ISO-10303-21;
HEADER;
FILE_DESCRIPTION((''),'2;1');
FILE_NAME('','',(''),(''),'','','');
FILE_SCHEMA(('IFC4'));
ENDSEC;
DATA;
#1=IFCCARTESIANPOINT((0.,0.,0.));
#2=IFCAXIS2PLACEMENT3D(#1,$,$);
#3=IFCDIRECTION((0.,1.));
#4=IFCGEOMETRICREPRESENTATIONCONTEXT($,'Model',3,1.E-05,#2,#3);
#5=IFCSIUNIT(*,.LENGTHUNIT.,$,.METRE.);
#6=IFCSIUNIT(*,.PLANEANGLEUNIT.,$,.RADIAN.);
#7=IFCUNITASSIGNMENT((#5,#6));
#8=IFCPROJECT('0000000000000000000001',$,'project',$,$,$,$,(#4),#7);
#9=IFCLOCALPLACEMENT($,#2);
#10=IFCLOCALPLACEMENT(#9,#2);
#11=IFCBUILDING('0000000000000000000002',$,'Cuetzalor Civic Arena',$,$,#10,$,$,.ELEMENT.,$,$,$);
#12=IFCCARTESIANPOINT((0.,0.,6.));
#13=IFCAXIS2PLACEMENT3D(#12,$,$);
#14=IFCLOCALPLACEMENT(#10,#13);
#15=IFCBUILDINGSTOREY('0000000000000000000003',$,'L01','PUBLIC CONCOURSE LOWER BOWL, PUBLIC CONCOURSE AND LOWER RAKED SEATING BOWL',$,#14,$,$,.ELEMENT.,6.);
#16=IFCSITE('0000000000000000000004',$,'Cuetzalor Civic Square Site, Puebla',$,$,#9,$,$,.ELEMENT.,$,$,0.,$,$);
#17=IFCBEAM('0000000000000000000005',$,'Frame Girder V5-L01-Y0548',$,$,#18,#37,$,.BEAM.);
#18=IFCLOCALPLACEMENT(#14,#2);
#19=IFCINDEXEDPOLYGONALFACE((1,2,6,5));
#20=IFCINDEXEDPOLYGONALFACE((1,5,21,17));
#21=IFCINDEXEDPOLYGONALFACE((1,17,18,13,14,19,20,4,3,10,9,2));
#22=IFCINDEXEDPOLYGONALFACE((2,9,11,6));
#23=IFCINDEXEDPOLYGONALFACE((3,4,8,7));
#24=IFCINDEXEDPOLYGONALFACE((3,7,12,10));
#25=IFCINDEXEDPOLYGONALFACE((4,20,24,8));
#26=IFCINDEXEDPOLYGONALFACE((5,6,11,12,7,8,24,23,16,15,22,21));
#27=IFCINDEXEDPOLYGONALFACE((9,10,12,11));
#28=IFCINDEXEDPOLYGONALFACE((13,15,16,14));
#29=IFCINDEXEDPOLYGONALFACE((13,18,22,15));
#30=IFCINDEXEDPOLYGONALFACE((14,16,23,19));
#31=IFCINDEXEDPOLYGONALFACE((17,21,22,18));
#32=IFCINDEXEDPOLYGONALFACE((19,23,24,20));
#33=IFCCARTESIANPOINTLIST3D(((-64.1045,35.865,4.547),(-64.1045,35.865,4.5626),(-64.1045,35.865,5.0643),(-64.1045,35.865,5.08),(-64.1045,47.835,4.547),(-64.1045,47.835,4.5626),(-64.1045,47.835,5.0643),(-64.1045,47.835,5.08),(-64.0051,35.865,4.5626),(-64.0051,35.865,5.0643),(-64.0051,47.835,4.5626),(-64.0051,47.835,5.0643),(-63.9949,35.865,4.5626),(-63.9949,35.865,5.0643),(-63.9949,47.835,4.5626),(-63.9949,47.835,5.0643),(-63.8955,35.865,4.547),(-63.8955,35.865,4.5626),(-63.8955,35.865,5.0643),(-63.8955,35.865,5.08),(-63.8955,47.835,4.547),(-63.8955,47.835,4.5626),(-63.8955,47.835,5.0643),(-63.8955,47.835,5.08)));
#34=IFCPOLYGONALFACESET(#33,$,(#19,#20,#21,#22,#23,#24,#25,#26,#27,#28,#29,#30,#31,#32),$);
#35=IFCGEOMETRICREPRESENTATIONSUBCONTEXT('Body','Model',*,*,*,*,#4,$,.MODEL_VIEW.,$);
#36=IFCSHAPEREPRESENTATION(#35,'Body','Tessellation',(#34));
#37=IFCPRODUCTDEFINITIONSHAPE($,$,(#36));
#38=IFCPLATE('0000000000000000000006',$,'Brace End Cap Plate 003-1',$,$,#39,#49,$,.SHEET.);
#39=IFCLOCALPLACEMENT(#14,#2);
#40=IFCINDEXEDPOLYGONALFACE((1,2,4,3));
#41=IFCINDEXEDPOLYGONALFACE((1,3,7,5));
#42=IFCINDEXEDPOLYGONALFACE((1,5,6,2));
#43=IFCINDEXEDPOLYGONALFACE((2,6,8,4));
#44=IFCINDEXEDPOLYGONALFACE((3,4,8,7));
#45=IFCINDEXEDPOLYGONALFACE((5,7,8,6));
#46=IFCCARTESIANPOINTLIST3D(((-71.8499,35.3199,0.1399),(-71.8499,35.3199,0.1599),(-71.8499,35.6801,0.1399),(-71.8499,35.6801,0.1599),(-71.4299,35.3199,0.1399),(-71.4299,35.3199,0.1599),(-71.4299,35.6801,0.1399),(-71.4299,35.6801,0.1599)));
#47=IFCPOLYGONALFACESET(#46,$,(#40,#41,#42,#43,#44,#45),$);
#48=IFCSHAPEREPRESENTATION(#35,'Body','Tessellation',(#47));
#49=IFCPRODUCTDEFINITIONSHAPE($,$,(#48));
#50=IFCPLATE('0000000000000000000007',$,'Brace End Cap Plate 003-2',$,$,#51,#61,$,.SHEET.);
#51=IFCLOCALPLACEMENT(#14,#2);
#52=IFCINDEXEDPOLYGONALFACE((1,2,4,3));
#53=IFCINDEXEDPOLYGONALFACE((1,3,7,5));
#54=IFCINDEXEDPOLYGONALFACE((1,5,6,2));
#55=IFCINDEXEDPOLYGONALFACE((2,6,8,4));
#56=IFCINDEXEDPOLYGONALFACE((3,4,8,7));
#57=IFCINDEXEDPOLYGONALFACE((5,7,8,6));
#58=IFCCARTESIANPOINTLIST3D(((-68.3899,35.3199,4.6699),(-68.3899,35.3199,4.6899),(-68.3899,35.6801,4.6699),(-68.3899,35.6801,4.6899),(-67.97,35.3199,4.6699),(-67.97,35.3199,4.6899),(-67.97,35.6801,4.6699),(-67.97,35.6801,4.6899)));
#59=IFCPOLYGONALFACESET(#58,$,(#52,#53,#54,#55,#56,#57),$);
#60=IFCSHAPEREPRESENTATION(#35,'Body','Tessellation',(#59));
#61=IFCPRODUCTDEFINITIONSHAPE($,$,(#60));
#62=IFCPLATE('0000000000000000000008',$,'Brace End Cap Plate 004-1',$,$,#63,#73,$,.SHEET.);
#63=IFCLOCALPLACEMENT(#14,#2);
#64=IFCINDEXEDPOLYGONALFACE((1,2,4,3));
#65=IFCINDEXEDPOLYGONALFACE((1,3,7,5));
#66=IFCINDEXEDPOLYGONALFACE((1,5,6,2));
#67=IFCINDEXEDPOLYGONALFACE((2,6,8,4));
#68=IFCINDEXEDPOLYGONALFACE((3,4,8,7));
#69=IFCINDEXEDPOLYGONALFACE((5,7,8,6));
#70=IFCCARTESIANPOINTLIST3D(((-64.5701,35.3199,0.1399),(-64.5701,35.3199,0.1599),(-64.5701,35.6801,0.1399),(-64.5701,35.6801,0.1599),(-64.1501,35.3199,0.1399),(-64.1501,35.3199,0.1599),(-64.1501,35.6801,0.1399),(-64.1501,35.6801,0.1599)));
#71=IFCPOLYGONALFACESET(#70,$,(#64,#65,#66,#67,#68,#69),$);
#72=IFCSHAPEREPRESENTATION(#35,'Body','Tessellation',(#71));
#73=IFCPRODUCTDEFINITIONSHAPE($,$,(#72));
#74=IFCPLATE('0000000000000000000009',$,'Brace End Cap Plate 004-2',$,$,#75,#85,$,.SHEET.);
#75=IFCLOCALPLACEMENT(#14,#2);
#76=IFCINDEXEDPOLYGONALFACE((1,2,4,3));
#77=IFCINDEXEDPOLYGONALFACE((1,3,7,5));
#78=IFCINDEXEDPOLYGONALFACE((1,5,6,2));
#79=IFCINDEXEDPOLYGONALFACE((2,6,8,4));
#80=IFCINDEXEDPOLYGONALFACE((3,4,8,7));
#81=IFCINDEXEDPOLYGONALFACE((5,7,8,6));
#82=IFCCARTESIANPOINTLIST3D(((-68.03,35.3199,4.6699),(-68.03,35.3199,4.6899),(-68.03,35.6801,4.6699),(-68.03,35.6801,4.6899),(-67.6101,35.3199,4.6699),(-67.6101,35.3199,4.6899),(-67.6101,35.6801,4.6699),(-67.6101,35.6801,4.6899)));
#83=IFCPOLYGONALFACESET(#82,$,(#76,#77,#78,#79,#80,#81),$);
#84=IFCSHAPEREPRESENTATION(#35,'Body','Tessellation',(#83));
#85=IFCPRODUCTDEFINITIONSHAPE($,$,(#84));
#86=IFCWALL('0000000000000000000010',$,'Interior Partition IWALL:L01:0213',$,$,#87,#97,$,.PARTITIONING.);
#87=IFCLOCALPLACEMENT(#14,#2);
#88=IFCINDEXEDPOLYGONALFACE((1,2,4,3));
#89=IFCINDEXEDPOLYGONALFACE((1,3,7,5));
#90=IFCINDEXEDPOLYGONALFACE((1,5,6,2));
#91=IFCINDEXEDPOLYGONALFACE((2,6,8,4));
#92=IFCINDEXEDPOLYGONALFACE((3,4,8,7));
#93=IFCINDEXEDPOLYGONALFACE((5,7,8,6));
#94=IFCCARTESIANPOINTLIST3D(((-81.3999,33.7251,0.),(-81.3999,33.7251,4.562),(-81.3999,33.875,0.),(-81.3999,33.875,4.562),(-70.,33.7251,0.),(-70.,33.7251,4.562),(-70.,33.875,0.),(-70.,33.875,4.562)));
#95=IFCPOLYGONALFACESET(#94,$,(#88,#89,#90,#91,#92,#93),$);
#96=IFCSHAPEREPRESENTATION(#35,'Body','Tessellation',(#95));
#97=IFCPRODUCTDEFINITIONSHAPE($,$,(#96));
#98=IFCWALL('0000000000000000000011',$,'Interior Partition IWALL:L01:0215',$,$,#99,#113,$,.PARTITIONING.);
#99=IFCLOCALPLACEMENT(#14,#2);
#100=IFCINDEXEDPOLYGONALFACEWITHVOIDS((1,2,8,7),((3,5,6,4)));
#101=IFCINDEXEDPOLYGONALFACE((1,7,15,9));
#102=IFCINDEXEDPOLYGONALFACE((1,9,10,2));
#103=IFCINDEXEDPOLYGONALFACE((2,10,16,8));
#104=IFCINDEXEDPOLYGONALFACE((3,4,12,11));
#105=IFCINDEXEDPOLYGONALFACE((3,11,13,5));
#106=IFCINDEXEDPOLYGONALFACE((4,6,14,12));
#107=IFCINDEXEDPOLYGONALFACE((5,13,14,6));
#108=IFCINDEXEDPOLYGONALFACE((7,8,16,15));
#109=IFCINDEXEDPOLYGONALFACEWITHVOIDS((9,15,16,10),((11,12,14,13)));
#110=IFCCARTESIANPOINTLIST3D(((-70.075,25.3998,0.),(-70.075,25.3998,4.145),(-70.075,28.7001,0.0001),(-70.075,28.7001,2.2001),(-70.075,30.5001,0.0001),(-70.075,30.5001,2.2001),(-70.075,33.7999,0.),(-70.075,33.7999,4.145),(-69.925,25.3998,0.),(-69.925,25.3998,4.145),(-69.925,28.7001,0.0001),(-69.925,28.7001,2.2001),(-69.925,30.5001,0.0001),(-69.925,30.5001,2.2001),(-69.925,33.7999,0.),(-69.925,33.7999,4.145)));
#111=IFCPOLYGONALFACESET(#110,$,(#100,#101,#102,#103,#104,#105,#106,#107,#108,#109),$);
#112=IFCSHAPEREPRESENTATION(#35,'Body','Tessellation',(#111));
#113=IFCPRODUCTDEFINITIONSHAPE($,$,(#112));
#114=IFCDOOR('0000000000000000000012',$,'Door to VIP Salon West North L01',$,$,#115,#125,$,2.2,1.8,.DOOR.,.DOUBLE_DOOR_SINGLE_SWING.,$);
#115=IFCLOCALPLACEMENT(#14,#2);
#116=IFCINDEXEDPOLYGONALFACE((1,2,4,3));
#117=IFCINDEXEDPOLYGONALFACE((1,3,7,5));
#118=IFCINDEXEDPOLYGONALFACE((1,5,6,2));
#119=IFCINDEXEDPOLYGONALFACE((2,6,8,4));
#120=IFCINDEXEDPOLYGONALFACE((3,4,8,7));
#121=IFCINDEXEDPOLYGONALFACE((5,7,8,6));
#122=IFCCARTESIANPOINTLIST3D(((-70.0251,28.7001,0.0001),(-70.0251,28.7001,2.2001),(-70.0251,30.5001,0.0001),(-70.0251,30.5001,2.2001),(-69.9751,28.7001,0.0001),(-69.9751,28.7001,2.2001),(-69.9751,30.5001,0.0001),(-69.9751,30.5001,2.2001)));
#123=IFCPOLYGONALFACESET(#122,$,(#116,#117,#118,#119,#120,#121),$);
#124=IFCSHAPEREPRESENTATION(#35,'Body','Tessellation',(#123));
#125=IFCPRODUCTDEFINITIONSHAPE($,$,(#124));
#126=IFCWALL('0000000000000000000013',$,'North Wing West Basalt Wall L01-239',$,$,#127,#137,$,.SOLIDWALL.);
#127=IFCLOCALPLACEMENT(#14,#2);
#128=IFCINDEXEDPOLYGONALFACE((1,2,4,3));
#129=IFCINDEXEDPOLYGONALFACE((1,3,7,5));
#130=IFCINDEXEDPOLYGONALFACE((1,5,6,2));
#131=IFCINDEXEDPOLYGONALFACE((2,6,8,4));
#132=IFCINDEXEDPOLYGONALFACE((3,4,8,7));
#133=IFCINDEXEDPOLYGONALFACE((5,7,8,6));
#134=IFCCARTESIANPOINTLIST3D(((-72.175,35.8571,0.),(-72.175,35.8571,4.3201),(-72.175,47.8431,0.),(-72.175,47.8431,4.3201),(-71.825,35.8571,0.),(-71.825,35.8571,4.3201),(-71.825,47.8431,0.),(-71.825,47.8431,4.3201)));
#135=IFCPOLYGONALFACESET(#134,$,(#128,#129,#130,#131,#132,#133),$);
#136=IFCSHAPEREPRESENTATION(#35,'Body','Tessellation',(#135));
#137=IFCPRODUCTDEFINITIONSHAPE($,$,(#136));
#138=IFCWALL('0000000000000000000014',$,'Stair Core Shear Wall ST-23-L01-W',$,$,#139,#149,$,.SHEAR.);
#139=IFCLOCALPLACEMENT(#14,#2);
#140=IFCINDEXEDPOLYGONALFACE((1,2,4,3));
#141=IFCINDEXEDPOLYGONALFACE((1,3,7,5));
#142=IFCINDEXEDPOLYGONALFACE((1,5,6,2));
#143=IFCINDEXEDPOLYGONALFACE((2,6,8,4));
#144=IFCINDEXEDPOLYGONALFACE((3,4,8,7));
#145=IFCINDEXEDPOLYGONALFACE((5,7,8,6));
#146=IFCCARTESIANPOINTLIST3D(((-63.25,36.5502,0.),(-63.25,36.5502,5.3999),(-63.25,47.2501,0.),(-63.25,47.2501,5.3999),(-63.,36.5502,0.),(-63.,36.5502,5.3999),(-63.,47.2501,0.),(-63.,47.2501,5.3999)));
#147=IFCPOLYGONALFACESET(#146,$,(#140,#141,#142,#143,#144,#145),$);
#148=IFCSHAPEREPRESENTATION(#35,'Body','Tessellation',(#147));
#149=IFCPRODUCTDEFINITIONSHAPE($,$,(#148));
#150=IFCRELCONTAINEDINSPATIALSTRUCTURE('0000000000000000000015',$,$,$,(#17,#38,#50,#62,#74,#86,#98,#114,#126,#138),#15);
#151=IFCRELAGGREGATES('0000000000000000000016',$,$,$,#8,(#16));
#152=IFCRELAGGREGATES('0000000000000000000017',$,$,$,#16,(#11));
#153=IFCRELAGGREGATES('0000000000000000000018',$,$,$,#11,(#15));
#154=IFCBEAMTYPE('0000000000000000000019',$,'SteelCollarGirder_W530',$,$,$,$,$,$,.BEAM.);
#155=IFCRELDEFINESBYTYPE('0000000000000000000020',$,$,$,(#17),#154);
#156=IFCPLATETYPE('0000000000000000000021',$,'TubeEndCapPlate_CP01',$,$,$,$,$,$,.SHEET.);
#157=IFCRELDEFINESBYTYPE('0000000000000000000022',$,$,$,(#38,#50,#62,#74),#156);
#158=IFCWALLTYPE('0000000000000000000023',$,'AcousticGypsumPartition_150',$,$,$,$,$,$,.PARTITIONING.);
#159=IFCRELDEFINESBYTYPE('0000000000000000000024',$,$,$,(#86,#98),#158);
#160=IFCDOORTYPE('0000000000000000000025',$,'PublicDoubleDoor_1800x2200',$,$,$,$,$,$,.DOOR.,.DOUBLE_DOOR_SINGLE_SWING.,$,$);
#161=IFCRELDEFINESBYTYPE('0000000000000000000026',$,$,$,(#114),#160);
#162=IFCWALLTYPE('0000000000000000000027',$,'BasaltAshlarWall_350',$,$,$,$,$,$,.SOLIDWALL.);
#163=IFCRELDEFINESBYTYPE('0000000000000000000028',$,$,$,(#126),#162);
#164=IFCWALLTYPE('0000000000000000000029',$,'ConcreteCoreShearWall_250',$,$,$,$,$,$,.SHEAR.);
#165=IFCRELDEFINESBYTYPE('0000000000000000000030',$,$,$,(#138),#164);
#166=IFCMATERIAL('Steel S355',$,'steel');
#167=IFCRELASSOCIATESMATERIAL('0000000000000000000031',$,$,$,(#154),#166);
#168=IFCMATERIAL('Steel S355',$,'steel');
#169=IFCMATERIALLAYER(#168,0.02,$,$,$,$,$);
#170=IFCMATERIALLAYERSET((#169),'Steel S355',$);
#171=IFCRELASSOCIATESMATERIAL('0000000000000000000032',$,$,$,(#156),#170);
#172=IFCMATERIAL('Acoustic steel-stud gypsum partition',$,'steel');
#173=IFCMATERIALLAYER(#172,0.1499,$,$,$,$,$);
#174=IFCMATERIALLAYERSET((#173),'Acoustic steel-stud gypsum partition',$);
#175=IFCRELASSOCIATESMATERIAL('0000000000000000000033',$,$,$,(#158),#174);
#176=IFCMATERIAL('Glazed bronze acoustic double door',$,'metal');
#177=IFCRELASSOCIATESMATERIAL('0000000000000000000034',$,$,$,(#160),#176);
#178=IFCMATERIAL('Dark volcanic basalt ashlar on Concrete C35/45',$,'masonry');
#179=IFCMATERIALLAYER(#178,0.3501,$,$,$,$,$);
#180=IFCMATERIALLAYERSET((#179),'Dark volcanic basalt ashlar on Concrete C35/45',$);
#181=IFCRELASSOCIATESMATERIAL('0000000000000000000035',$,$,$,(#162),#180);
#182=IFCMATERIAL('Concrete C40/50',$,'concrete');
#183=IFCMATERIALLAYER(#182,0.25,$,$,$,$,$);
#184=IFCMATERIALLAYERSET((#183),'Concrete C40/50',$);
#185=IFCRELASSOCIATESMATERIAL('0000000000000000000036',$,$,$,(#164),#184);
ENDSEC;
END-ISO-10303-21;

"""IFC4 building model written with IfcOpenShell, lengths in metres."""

from ifc_helpers import new_model, si_unit, direction, frame, frame_2d, origin, origin_2d, place, context, subcontext, project, spatial, rectangle, i_section, extrude, material, layer, layer_set, material_profile, profile_set, type_object, element, fill, save


model = new_model("IFC4")

# Units and contexts
model_context = context("Model", 3, precision=1e-05, world=origin(), true_north=direction((0.0, 1.0)))
body_context = subcontext(model_context, "Body", "Model", "MODEL_VIEW")
ifc_project = project(units=[si_unit("LENGTHUNIT", "METRE"), si_unit("PLANEANGLEUNIT", "RADIAN")], contexts=[model_context])

# Site, building, storey
site_placement = place(None, origin())
site = spatial("IfcSite", under=ifc_project, at=site_placement, Name="Cuetzalor Civic Square Site, Puebla", CompositionType="ELEMENT", RefElevation=0.0)
building_placement = place(site_placement, origin())
building = spatial("IfcBuilding", under=site, at=building_placement, Name="Cuetzalor Civic Arena", CompositionType="ELEMENT")
storey_placement = place(building_placement, frame((0.0, 0.0, 6.0)))
storey = spatial("IfcBuildingStorey", under=building, at=storey_placement, Name="L01", Description="PUBLIC CONCOURSE LOWER BOWL, PUBLIC CONCOURSE AND LOWER RAKED SEATING BOWL", CompositionType="ELEMENT", Elevation=6.0)

# Beam
ifc_material_1 = material(Name="Steel S355", Category="steel")
ifc_material_profile_1 = material_profile(ifc_material_1, i_section(OverallWidth=0.209, OverallDepth=0.533, WebThickness=0.0103, FlangeThickness=0.0156, at=origin_2d()), Name="W530x92")
ifc_profile_set_1 = profile_set([ifc_material_profile_1], Name="Steel S355")
beam_type_1 = type_object("IfcBeamType", Name="SteelCollarGirder_W530", PredefinedType="BEAM", material=ifc_profile_set_1)
for number, where, z_axis, x_axis, name in (
    (1, (-64.0, 35.865, 4.8135), (0.0, 1.0, 0.0), (-1.0, 0.0, 0.0), "Frame Girder V5-L01-Y0548"),
):
    element("IfcBeam", number, at=place(storey_placement, frame(where, z_axis=z_axis, x_axis=x_axis)), inside=storey, type_object=beam_type_1, Name=name, PredefinedType="BEAM", context=body_context, shape_type="SweptSolid", body=[
        extrude(i_section(OverallWidth=0.209, OverallDepth=0.533, WebThickness=0.0103, FlangeThickness=0.0156, at=origin_2d()), origin(), (0.0, 0.0, 1.0), 11.97),
    ])

# Plates
ifc_material_2 = material(Name="Steel S355", Category="steel")
ifc_layer_1 = layer(ifc_material_2, 0.02)
ifc_layer_set_1 = layer_set([ifc_layer_1], Name="Steel S355")
plate_type = type_object("IfcPlateType", Name="TubeEndCapPlate_CP01", PredefinedType="SHEET", material=ifc_layer_set_1)
for number, where, z_axis, x_axis, name in (
    (2, (-71.6399, 35.5, 0.1399), (0.0, 0.0, 1.0), (1.0, 0.0, 0.0), "Brace End Cap Plate 003-1"),
    (3, (-68.1799, 35.5, 4.6699), (0.0, 0.0, 1.0), (1.0, 0.0, 0.0), "Brace End Cap Plate 003-2"),
    (4, (-64.3601, 35.5, 0.1399), (0.0, 0.0, 1.0), (1.0, 0.0, 0.0), "Brace End Cap Plate 004-1"),
    (5, (-67.8201, 35.5, 4.6699), (0.0, 0.0, 1.0), (1.0, 0.0, 0.0), "Brace End Cap Plate 004-2"),
):
    element("IfcPlate", number, at=place(storey_placement, frame(where, z_axis=z_axis, x_axis=x_axis)), inside=storey, type_object=plate_type, Name=name, PredefinedType="SHEET", context=body_context, shape_type="SweptSolid", body=[
        extrude(rectangle(XDim=0.4199, YDim=0.3601, at=origin_2d()), origin(), (0.0, 0.0, 1.0), 0.02),
    ])

# Wall
ifc_material_3 = material(Name="Acoustic steel-stud gypsum partition", Category="steel")
ifc_layer_2 = layer(ifc_material_3, 0.1499)
ifc_layer_set_2 = layer_set([ifc_layer_2], Name="Acoustic steel-stud gypsum partition")
wall_type_1 = type_object("IfcWallType", Name="AcousticGypsumPartition_150", PredefinedType="PARTITIONING", material=ifc_layer_set_2)
wall_1_placement = place(storey_placement, frame((-81.3999, 33.8, 0.0), z_axis=(0.0, 0.0, 1.0), x_axis=(1.0, 0.0, 0.0)))
element("IfcWall", 6, at=wall_1_placement, inside=storey, type_object=wall_type_1, Name="Interior Partition IWALL:L01:0213", PredefinedType="PARTITIONING", context=body_context, shape_type="SweptSolid", body=[
    extrude(rectangle(XDim=11.3999, YDim=0.1499, at=frame_2d((5.7, 0.0))), origin(), (0.0, 0.0, 1.0), 4.562),
])

# Wall, opening, door
wall_2_placement = place(storey_placement, frame((-70.0, 33.8, 0.0), z_axis=(0.0, 0.0, 1.0), x_axis=(0.0, -1.0, 0.0)))
wall_2 = element("IfcWall", 7, at=wall_2_placement, inside=storey, type_object=wall_type_1, Name="Interior Partition IWALL:L01:0215", PredefinedType="PARTITIONING", context=body_context, shape_type="SweptSolid", body=[
    extrude(rectangle(XDim=8.4001, YDim=0.1499, at=frame_2d((4.2002, 0.0))), origin(), (0.0, 0.0, 1.0), 4.145),
])
opening_placement = place(wall_2_placement, frame((3.3, 0.0, 0.0)))
opening = element("IfcOpeningElement", 8, at=opening_placement, cuts=wall_2, PredefinedType="OPENING", context=body_context, shape_type="SweptSolid", body=[
    extrude(rectangle(XDim=1.8, YDim=2.2, at=frame_2d((0.8999, 1.1001))), frame((0.0, 0.085, 0.0), z_axis=(0.0, -1.0, 0.0), x_axis=(1.0, 0.0, 0.0)), (0.0, 0.0, 1.0), 0.1699),
])
ifc_material_4 = material(Name="Glazed bronze acoustic double door", Category="metal")
door_type = type_object("IfcDoorType", Name="PublicDoubleDoor_1800x2200", OperationType="DOUBLE_DOOR_SINGLE_SWING", PredefinedType="DOOR", material=ifc_material_4)
door_placement = place(opening_placement, origin())
door = element("IfcDoor", 9, at=door_placement, inside=storey, type_object=door_type, Name="Door to VIP Salon West North L01", OperationType="DOUBLE_DOOR_SINGLE_SWING", OverallHeight=2.2, OverallWidth=1.8, PredefinedType="DOOR", context=body_context, shape_type="SweptSolid", body=[
    extrude(rectangle(XDim=1.8, YDim=2.2, at=frame_2d((0.8999, 1.1001))), frame((0.0, 0.0249, 0.0), z_axis=(0.0, -1.0, 0.0), x_axis=(1.0, 0.0, 0.0)), (0.0, 0.0, 1.0), 0.05),
])
fill(opening, door)

# Walls
ifc_material_5 = material(Name="Dark volcanic basalt ashlar on Concrete C35/45", Category="masonry")
ifc_layer_3 = layer(ifc_material_5, 0.3501)
ifc_layer_set_3 = layer_set([ifc_layer_3], Name="Dark volcanic basalt ashlar on Concrete C35/45")
wall_type_2 = type_object("IfcWallType", Name="BasaltAshlarWall_350", PredefinedType="SOLIDWALL", material=ifc_layer_set_3)
wall_3_placement = place(storey_placement, frame((-72.0, 35.8569, 0.0), z_axis=(0.0, 0.0, 1.0), x_axis=(0.0, 1.0, 0.0)))
element("IfcWall", 10, at=wall_3_placement, inside=storey, type_object=wall_type_2, Name="North Wing West Basalt Wall L01-239", PredefinedType="SOLIDWALL", context=body_context, shape_type="SweptSolid", body=[
    extrude(rectangle(XDim=11.9861, YDim=0.3501, at=frame_2d((5.9932, 0.0))), origin(), (0.0, 0.0, 1.0), 4.3201),
])
ifc_material_6 = material(Name="Concrete C40/50", Category="concrete")
ifc_layer_4 = layer(ifc_material_6, 0.25)
ifc_layer_set_4 = layer_set([ifc_layer_4], Name="Concrete C40/50")
wall_type_3 = type_object("IfcWallType", Name="ConcreteCoreShearWall_250", PredefinedType="SHEAR", material=ifc_layer_set_4)
wall_4_placement = place(storey_placement, frame((-63.125, 36.55, 0.0), z_axis=(0.0, 0.0, 1.0), x_axis=(0.0, 1.0, 0.0)))
element("IfcWall", 11, at=wall_4_placement, inside=storey, type_object=wall_type_3, Name="Stair Core Shear Wall ST-23-L01-W", PredefinedType="SHEAR", context=body_context, shape_type="SweptSolid", body=[
    extrude(rectangle(XDim=10.7, YDim=0.25, at=frame_2d((5.3501, 0.0))), origin(), (0.0, 0.0, 1.0), 5.3999),
])

save(model, "model.ifc")
